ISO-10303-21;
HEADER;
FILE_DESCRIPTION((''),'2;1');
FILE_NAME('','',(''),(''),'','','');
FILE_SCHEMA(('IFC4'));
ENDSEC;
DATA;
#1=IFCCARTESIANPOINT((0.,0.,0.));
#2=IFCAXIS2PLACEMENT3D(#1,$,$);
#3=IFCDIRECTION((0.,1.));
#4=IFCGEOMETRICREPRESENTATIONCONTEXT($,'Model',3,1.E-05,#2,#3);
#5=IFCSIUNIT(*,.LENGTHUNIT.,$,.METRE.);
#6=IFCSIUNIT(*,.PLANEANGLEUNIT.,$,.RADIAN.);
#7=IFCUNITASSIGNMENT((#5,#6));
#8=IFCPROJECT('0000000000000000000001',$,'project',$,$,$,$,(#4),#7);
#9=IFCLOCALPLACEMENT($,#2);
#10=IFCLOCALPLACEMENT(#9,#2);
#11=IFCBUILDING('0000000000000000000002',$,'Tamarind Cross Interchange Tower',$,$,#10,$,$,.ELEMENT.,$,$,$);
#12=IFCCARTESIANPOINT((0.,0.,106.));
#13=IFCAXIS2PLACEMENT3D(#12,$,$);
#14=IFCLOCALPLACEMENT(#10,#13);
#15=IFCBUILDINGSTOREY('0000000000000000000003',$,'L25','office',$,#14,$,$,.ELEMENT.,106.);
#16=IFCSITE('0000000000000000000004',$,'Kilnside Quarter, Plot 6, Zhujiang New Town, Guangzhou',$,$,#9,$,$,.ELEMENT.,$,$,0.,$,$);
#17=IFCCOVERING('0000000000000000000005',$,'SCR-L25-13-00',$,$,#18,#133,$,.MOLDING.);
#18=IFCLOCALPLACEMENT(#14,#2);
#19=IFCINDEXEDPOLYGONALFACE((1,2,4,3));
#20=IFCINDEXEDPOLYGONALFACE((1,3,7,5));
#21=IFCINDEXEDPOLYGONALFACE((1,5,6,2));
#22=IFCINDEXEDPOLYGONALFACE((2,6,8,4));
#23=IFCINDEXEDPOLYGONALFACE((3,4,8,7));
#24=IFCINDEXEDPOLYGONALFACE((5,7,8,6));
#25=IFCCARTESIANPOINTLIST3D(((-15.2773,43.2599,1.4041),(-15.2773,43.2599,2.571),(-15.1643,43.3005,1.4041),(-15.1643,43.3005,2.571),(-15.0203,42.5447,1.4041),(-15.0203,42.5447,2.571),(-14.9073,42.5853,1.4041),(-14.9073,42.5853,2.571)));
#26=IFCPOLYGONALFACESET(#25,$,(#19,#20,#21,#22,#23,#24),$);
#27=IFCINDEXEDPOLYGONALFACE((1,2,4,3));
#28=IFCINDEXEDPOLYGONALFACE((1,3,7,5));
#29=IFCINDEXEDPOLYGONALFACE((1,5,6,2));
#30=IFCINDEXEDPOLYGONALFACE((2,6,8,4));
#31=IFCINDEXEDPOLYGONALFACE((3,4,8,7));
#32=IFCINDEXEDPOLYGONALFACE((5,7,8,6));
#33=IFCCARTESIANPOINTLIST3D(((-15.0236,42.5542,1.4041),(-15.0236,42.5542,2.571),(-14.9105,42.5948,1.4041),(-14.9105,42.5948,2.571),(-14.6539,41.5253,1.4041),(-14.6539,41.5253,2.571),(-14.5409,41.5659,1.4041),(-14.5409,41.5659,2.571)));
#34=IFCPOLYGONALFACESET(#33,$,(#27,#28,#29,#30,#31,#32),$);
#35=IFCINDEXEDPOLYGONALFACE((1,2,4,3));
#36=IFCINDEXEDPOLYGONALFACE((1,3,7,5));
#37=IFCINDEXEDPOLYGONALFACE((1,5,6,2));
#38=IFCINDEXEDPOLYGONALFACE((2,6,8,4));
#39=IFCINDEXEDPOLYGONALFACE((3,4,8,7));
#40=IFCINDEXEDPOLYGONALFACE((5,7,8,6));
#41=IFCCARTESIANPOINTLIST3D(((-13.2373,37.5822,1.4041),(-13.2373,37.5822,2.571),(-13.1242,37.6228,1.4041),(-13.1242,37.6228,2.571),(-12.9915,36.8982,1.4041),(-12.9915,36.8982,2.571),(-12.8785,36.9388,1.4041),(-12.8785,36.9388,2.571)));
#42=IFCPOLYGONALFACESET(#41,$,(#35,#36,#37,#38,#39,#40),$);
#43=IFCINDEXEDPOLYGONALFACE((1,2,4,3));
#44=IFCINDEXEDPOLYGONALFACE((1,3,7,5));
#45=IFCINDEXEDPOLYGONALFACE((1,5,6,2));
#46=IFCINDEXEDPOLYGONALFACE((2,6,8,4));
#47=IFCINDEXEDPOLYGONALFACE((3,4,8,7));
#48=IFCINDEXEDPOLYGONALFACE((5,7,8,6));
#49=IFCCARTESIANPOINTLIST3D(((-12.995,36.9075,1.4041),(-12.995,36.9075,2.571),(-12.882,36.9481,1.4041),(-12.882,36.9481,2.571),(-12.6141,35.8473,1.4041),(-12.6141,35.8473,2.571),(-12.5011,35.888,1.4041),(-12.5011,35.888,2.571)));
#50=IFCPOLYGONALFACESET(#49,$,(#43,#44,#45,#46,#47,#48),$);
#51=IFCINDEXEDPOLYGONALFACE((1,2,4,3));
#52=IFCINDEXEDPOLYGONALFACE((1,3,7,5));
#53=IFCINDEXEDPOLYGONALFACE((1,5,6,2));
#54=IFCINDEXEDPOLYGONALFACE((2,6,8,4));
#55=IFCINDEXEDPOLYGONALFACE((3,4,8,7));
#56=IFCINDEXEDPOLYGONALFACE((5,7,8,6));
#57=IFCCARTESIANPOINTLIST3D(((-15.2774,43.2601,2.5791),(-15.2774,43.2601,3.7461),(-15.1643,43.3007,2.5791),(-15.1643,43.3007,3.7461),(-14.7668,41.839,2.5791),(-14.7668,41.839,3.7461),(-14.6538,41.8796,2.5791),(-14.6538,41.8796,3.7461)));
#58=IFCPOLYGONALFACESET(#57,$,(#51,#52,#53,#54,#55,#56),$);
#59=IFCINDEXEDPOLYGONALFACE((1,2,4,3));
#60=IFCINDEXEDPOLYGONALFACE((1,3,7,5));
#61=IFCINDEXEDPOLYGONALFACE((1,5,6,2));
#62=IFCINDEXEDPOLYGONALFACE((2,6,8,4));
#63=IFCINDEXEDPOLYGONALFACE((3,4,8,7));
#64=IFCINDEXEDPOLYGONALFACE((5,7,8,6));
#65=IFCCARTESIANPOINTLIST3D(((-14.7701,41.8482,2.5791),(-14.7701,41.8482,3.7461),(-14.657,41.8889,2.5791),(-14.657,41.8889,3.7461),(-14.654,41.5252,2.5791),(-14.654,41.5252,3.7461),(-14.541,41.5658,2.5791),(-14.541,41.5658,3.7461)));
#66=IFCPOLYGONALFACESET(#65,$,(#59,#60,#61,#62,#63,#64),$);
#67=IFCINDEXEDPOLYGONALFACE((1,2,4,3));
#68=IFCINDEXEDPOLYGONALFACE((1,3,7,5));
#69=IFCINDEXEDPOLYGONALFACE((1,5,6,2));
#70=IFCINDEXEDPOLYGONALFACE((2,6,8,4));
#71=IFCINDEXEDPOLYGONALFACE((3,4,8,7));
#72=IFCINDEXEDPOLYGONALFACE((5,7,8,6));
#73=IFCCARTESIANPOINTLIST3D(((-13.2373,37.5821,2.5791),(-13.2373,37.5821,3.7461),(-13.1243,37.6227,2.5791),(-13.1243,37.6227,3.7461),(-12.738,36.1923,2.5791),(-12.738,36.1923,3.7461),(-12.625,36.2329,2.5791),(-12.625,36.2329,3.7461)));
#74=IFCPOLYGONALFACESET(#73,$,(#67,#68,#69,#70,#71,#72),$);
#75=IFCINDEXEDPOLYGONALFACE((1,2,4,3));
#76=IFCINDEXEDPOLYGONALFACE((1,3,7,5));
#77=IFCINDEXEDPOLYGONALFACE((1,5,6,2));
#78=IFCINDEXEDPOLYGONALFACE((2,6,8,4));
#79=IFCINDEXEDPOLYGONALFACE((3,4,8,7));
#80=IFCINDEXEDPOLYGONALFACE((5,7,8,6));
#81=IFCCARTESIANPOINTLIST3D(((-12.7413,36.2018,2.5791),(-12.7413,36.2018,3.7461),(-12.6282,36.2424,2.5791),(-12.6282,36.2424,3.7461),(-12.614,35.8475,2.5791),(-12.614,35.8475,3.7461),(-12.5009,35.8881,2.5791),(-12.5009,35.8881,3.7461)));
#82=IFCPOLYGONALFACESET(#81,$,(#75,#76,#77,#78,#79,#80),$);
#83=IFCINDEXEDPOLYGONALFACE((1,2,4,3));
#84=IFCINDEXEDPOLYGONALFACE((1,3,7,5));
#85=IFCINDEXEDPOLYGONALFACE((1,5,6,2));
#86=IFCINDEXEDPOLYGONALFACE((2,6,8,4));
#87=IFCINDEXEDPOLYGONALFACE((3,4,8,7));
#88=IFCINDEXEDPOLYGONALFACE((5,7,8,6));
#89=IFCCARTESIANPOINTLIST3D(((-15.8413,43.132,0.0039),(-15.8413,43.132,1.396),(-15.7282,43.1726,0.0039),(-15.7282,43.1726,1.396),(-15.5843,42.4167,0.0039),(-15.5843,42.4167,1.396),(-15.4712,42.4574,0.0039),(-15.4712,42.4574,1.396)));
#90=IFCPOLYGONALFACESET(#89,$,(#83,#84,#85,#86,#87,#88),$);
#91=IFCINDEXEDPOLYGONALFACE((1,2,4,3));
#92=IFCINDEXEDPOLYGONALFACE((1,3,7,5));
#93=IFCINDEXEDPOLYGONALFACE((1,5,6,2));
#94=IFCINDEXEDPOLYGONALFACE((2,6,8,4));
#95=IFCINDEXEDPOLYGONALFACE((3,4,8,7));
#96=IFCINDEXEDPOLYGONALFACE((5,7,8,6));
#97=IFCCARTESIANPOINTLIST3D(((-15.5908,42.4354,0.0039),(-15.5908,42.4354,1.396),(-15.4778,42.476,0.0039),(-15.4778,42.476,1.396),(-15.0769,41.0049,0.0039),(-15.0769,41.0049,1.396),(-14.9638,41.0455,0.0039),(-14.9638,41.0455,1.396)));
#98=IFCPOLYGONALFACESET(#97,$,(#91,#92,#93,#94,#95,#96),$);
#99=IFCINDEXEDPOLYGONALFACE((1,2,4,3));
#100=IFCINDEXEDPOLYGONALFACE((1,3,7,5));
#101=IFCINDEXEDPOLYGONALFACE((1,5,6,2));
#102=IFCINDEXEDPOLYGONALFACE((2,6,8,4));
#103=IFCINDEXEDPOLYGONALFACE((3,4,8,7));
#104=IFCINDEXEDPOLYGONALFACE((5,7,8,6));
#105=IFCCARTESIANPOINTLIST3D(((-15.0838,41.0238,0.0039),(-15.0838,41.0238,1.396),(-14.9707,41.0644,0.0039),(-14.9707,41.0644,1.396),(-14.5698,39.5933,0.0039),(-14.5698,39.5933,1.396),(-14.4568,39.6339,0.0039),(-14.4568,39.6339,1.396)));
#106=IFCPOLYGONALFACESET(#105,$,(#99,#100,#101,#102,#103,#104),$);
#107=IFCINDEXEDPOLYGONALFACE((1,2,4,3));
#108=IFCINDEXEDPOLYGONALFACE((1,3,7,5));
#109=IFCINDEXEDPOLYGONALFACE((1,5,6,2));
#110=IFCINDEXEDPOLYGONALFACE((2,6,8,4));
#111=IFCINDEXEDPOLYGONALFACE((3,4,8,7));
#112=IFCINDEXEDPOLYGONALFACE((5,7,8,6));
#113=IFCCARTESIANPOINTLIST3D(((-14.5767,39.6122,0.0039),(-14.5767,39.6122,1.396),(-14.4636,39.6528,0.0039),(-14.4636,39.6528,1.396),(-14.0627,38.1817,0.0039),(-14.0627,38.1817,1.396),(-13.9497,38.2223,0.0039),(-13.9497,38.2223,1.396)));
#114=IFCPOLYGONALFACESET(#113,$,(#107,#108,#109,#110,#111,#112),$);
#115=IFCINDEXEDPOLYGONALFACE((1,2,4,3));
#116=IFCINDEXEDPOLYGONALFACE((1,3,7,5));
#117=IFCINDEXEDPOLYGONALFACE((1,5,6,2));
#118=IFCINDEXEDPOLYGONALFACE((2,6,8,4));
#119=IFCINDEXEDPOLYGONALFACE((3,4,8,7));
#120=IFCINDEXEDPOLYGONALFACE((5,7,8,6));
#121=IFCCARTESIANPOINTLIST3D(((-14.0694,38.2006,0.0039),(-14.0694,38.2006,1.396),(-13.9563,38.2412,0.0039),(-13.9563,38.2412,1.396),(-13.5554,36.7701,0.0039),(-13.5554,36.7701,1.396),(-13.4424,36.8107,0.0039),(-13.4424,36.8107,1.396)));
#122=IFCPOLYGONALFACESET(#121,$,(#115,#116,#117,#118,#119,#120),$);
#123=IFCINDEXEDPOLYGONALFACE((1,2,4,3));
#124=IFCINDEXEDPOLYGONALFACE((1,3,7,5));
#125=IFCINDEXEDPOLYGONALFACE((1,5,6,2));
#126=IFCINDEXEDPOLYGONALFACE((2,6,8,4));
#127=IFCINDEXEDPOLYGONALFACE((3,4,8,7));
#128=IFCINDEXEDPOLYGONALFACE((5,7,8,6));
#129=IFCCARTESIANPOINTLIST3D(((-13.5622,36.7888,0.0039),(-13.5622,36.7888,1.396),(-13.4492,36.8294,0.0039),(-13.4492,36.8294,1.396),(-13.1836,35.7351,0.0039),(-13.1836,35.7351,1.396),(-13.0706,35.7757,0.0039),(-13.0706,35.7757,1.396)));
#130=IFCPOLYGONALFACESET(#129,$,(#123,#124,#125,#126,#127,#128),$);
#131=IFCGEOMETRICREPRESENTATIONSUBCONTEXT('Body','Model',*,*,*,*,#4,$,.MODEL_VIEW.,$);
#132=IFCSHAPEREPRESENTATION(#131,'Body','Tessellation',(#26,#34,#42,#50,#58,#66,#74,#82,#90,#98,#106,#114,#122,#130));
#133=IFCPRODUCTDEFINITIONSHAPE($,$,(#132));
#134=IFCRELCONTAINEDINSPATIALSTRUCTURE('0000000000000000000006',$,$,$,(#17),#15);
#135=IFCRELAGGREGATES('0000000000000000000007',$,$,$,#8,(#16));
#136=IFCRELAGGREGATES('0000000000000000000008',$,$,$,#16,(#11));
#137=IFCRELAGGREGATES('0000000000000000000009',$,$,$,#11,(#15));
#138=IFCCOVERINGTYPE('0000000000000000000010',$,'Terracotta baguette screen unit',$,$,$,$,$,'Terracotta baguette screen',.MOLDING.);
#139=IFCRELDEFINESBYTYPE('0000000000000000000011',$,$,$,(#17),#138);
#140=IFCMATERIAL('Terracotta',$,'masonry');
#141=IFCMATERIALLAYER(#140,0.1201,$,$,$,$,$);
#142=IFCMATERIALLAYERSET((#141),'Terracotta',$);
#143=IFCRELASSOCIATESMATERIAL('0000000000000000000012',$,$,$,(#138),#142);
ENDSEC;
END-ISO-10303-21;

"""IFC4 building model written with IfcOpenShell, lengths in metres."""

from ifc_helpers import new_model, si_unit, direction, frame, origin, origin_2d, place, context, subcontext, project, spatial, rectangle, extrude, material, layer, layer_set, type_object, element, save


model = new_model("IFC4")

# Units and contexts
model_context = context("Model", 3, precision=1e-05, world=origin(), true_north=direction((0.0, 1.0)))
body_context = subcontext(model_context, "Body", "Model", "MODEL_VIEW")
ifc_project = project(units=[si_unit("LENGTHUNIT", "METRE"), si_unit("PLANEANGLEUNIT", "RADIAN")], contexts=[model_context])

# Site, building, storey
site_placement = place(None, origin())
site = spatial("IfcSite", under=ifc_project, at=site_placement, Name="Kilnside Quarter, Plot 6, Zhujiang New Town, Guangzhou", CompositionType="ELEMENT", RefElevation=0.0)
building_placement = place(site_placement, origin())
building = spatial("IfcBuilding", under=site, at=building_placement, Name="Tamarind Cross Interchange Tower", CompositionType="ELEMENT")
storey_placement = place(building_placement, frame((0.0, 0.0, 106.0)))
storey = spatial("IfcBuildingStorey", under=building, at=storey_placement, Name="L25", Description="office", CompositionType="ELEMENT", Elevation=106.0)

# Covering
ifc_material_1 = material(Name="Terracotta", Category="masonry")
ifc_layer_1 = layer(ifc_material_1, 0.1201)
ifc_layer_set_1 = layer_set([ifc_layer_1], Name="Terracotta")
covering_type = type_object("IfcCoveringType", Name="Terracotta baguette screen unit", ElementType="Terracotta baguette screen", PredefinedType="MOLDING", material=ifc_layer_set_1)
covering_1_placement = place(storey_placement, origin())
element("IfcCovering", 1, at=covering_1_placement, inside=storey, type_object=covering_type, Name="SCR-L25-13-00", PredefinedType="MOLDING", context=body_context, shape_type="SweptSolid", body=[
    extrude(rectangle(XDim=0.76, YDim=0.1201, at=origin_2d()), frame((-15.0923, 42.9226, 1.4041), z_axis=(0.0, 0.0, 1.0), x_axis=(0.338129, -0.9411, 0.0)), (0.0, 0.0, 1.0), 1.167),
    extrude(rectangle(XDim=1.0933, YDim=0.1201, at=origin_2d()), frame((-14.7822, 42.0601, 1.4041), z_axis=(0.0, 0.0, 1.0), x_axis=(0.338129, -0.9411, 0.0)), (0.0, 0.0, 1.0), 1.167),
    extrude(rectangle(XDim=0.7268, YDim=0.1201, at=origin_2d()), frame((-13.0579, 37.2605, 1.4041), z_axis=(0.0, 0.0, 1.0), x_axis=(0.338129, -0.9411, 0.0)), (0.0, 0.0, 1.0), 1.167),
    extrude(rectangle(XDim=1.1265, YDim=0.1201, at=origin_2d()), frame((-12.748, 36.3977, 1.4041), z_axis=(0.0, 0.0, 1.0), x_axis=(0.338129, -0.9411, 0.0)), (0.0, 0.0, 1.0), 1.167),
    extrude(rectangle(XDim=1.51, YDim=0.1201, at=origin_2d()), frame((-14.9656, 42.5698, 2.5791), z_axis=(0.0, 0.0, 1.0), x_axis=(0.338129, -0.9411, 0.0)), (0.0, 0.0, 1.0), 1.167),
    extrude(rectangle(XDim=0.3433, YDim=0.1201, at=origin_2d()), frame((-14.6555, 41.707, 2.5791), z_axis=(0.0, 0.0, 1.0), x_axis=(0.338129, -0.9411, 0.0)), (0.0, 0.0, 1.0), 1.167),
    extrude(rectangle(XDim=1.4768, YDim=0.1201, at=origin_2d()), frame((-12.9312, 36.9075, 2.5791), z_axis=(0.0, 0.0, 1.0), x_axis=(0.338129, -0.9411, 0.0)), (0.0, 0.0, 1.0), 1.167),
    extrude(rectangle(XDim=0.3765, YDim=0.1201, at=origin_2d()), frame((-12.6211, 36.0449, 2.5791), z_axis=(0.0, 0.0, 1.0), x_axis=(0.338129, -0.9411, 0.0)), (0.0, 0.0, 1.0), 1.167),
    extrude(rectangle(XDim=0.76, YDim=0.1201, at=origin_2d()), frame((-15.6562, 42.7947, 0.0039), z_axis=(0.0, 0.0, 1.0), x_axis=(0.338129, -0.9411, 0.0)), (0.0, 0.0, 1.0), 1.3921),
    extrude(rectangle(XDim=1.52, YDim=0.1201, at=origin_2d()), frame((-15.2773, 41.7405, 0.0039), z_axis=(0.0, 0.0, 1.0), x_axis=(0.338129, -0.9411, 0.0)), (0.0, 0.0, 1.0), 1.3921),
    extrude(rectangle(XDim=1.52, YDim=0.1201, at=origin_2d()), frame((-14.7703, 40.3289, 0.0039), z_axis=(0.0, 0.0, 1.0), x_axis=(0.338129, -0.9411, 0.0)), (0.0, 0.0, 1.0), 1.3921),
    extrude(rectangle(XDim=1.52, YDim=0.1201, at=origin_2d()), frame((-14.2632, 38.9172, 0.0039), z_axis=(0.0, 0.0, 1.0), x_axis=(0.338129, -0.9411, 0.0)), (0.0, 0.0, 1.0), 1.3921),
    extrude(rectangle(XDim=1.52, YDim=0.1201, at=origin_2d()), frame((-13.7559, 37.5056, 0.0039), z_axis=(0.0, 0.0, 1.0), x_axis=(0.338129, -0.9411, 0.0)), (0.0, 0.0, 1.0), 1.3921),
    extrude(rectangle(XDim=1.1196, YDim=0.1201, at=origin_2d()), frame((-13.3164, 36.2822, 0.0039), z_axis=(0.0, 0.0, 1.0), x_axis=(0.338129, -0.9411, 0.0)), (0.0, 0.0, 1.0), 1.3921),
])

save(model, "model.ifc")
